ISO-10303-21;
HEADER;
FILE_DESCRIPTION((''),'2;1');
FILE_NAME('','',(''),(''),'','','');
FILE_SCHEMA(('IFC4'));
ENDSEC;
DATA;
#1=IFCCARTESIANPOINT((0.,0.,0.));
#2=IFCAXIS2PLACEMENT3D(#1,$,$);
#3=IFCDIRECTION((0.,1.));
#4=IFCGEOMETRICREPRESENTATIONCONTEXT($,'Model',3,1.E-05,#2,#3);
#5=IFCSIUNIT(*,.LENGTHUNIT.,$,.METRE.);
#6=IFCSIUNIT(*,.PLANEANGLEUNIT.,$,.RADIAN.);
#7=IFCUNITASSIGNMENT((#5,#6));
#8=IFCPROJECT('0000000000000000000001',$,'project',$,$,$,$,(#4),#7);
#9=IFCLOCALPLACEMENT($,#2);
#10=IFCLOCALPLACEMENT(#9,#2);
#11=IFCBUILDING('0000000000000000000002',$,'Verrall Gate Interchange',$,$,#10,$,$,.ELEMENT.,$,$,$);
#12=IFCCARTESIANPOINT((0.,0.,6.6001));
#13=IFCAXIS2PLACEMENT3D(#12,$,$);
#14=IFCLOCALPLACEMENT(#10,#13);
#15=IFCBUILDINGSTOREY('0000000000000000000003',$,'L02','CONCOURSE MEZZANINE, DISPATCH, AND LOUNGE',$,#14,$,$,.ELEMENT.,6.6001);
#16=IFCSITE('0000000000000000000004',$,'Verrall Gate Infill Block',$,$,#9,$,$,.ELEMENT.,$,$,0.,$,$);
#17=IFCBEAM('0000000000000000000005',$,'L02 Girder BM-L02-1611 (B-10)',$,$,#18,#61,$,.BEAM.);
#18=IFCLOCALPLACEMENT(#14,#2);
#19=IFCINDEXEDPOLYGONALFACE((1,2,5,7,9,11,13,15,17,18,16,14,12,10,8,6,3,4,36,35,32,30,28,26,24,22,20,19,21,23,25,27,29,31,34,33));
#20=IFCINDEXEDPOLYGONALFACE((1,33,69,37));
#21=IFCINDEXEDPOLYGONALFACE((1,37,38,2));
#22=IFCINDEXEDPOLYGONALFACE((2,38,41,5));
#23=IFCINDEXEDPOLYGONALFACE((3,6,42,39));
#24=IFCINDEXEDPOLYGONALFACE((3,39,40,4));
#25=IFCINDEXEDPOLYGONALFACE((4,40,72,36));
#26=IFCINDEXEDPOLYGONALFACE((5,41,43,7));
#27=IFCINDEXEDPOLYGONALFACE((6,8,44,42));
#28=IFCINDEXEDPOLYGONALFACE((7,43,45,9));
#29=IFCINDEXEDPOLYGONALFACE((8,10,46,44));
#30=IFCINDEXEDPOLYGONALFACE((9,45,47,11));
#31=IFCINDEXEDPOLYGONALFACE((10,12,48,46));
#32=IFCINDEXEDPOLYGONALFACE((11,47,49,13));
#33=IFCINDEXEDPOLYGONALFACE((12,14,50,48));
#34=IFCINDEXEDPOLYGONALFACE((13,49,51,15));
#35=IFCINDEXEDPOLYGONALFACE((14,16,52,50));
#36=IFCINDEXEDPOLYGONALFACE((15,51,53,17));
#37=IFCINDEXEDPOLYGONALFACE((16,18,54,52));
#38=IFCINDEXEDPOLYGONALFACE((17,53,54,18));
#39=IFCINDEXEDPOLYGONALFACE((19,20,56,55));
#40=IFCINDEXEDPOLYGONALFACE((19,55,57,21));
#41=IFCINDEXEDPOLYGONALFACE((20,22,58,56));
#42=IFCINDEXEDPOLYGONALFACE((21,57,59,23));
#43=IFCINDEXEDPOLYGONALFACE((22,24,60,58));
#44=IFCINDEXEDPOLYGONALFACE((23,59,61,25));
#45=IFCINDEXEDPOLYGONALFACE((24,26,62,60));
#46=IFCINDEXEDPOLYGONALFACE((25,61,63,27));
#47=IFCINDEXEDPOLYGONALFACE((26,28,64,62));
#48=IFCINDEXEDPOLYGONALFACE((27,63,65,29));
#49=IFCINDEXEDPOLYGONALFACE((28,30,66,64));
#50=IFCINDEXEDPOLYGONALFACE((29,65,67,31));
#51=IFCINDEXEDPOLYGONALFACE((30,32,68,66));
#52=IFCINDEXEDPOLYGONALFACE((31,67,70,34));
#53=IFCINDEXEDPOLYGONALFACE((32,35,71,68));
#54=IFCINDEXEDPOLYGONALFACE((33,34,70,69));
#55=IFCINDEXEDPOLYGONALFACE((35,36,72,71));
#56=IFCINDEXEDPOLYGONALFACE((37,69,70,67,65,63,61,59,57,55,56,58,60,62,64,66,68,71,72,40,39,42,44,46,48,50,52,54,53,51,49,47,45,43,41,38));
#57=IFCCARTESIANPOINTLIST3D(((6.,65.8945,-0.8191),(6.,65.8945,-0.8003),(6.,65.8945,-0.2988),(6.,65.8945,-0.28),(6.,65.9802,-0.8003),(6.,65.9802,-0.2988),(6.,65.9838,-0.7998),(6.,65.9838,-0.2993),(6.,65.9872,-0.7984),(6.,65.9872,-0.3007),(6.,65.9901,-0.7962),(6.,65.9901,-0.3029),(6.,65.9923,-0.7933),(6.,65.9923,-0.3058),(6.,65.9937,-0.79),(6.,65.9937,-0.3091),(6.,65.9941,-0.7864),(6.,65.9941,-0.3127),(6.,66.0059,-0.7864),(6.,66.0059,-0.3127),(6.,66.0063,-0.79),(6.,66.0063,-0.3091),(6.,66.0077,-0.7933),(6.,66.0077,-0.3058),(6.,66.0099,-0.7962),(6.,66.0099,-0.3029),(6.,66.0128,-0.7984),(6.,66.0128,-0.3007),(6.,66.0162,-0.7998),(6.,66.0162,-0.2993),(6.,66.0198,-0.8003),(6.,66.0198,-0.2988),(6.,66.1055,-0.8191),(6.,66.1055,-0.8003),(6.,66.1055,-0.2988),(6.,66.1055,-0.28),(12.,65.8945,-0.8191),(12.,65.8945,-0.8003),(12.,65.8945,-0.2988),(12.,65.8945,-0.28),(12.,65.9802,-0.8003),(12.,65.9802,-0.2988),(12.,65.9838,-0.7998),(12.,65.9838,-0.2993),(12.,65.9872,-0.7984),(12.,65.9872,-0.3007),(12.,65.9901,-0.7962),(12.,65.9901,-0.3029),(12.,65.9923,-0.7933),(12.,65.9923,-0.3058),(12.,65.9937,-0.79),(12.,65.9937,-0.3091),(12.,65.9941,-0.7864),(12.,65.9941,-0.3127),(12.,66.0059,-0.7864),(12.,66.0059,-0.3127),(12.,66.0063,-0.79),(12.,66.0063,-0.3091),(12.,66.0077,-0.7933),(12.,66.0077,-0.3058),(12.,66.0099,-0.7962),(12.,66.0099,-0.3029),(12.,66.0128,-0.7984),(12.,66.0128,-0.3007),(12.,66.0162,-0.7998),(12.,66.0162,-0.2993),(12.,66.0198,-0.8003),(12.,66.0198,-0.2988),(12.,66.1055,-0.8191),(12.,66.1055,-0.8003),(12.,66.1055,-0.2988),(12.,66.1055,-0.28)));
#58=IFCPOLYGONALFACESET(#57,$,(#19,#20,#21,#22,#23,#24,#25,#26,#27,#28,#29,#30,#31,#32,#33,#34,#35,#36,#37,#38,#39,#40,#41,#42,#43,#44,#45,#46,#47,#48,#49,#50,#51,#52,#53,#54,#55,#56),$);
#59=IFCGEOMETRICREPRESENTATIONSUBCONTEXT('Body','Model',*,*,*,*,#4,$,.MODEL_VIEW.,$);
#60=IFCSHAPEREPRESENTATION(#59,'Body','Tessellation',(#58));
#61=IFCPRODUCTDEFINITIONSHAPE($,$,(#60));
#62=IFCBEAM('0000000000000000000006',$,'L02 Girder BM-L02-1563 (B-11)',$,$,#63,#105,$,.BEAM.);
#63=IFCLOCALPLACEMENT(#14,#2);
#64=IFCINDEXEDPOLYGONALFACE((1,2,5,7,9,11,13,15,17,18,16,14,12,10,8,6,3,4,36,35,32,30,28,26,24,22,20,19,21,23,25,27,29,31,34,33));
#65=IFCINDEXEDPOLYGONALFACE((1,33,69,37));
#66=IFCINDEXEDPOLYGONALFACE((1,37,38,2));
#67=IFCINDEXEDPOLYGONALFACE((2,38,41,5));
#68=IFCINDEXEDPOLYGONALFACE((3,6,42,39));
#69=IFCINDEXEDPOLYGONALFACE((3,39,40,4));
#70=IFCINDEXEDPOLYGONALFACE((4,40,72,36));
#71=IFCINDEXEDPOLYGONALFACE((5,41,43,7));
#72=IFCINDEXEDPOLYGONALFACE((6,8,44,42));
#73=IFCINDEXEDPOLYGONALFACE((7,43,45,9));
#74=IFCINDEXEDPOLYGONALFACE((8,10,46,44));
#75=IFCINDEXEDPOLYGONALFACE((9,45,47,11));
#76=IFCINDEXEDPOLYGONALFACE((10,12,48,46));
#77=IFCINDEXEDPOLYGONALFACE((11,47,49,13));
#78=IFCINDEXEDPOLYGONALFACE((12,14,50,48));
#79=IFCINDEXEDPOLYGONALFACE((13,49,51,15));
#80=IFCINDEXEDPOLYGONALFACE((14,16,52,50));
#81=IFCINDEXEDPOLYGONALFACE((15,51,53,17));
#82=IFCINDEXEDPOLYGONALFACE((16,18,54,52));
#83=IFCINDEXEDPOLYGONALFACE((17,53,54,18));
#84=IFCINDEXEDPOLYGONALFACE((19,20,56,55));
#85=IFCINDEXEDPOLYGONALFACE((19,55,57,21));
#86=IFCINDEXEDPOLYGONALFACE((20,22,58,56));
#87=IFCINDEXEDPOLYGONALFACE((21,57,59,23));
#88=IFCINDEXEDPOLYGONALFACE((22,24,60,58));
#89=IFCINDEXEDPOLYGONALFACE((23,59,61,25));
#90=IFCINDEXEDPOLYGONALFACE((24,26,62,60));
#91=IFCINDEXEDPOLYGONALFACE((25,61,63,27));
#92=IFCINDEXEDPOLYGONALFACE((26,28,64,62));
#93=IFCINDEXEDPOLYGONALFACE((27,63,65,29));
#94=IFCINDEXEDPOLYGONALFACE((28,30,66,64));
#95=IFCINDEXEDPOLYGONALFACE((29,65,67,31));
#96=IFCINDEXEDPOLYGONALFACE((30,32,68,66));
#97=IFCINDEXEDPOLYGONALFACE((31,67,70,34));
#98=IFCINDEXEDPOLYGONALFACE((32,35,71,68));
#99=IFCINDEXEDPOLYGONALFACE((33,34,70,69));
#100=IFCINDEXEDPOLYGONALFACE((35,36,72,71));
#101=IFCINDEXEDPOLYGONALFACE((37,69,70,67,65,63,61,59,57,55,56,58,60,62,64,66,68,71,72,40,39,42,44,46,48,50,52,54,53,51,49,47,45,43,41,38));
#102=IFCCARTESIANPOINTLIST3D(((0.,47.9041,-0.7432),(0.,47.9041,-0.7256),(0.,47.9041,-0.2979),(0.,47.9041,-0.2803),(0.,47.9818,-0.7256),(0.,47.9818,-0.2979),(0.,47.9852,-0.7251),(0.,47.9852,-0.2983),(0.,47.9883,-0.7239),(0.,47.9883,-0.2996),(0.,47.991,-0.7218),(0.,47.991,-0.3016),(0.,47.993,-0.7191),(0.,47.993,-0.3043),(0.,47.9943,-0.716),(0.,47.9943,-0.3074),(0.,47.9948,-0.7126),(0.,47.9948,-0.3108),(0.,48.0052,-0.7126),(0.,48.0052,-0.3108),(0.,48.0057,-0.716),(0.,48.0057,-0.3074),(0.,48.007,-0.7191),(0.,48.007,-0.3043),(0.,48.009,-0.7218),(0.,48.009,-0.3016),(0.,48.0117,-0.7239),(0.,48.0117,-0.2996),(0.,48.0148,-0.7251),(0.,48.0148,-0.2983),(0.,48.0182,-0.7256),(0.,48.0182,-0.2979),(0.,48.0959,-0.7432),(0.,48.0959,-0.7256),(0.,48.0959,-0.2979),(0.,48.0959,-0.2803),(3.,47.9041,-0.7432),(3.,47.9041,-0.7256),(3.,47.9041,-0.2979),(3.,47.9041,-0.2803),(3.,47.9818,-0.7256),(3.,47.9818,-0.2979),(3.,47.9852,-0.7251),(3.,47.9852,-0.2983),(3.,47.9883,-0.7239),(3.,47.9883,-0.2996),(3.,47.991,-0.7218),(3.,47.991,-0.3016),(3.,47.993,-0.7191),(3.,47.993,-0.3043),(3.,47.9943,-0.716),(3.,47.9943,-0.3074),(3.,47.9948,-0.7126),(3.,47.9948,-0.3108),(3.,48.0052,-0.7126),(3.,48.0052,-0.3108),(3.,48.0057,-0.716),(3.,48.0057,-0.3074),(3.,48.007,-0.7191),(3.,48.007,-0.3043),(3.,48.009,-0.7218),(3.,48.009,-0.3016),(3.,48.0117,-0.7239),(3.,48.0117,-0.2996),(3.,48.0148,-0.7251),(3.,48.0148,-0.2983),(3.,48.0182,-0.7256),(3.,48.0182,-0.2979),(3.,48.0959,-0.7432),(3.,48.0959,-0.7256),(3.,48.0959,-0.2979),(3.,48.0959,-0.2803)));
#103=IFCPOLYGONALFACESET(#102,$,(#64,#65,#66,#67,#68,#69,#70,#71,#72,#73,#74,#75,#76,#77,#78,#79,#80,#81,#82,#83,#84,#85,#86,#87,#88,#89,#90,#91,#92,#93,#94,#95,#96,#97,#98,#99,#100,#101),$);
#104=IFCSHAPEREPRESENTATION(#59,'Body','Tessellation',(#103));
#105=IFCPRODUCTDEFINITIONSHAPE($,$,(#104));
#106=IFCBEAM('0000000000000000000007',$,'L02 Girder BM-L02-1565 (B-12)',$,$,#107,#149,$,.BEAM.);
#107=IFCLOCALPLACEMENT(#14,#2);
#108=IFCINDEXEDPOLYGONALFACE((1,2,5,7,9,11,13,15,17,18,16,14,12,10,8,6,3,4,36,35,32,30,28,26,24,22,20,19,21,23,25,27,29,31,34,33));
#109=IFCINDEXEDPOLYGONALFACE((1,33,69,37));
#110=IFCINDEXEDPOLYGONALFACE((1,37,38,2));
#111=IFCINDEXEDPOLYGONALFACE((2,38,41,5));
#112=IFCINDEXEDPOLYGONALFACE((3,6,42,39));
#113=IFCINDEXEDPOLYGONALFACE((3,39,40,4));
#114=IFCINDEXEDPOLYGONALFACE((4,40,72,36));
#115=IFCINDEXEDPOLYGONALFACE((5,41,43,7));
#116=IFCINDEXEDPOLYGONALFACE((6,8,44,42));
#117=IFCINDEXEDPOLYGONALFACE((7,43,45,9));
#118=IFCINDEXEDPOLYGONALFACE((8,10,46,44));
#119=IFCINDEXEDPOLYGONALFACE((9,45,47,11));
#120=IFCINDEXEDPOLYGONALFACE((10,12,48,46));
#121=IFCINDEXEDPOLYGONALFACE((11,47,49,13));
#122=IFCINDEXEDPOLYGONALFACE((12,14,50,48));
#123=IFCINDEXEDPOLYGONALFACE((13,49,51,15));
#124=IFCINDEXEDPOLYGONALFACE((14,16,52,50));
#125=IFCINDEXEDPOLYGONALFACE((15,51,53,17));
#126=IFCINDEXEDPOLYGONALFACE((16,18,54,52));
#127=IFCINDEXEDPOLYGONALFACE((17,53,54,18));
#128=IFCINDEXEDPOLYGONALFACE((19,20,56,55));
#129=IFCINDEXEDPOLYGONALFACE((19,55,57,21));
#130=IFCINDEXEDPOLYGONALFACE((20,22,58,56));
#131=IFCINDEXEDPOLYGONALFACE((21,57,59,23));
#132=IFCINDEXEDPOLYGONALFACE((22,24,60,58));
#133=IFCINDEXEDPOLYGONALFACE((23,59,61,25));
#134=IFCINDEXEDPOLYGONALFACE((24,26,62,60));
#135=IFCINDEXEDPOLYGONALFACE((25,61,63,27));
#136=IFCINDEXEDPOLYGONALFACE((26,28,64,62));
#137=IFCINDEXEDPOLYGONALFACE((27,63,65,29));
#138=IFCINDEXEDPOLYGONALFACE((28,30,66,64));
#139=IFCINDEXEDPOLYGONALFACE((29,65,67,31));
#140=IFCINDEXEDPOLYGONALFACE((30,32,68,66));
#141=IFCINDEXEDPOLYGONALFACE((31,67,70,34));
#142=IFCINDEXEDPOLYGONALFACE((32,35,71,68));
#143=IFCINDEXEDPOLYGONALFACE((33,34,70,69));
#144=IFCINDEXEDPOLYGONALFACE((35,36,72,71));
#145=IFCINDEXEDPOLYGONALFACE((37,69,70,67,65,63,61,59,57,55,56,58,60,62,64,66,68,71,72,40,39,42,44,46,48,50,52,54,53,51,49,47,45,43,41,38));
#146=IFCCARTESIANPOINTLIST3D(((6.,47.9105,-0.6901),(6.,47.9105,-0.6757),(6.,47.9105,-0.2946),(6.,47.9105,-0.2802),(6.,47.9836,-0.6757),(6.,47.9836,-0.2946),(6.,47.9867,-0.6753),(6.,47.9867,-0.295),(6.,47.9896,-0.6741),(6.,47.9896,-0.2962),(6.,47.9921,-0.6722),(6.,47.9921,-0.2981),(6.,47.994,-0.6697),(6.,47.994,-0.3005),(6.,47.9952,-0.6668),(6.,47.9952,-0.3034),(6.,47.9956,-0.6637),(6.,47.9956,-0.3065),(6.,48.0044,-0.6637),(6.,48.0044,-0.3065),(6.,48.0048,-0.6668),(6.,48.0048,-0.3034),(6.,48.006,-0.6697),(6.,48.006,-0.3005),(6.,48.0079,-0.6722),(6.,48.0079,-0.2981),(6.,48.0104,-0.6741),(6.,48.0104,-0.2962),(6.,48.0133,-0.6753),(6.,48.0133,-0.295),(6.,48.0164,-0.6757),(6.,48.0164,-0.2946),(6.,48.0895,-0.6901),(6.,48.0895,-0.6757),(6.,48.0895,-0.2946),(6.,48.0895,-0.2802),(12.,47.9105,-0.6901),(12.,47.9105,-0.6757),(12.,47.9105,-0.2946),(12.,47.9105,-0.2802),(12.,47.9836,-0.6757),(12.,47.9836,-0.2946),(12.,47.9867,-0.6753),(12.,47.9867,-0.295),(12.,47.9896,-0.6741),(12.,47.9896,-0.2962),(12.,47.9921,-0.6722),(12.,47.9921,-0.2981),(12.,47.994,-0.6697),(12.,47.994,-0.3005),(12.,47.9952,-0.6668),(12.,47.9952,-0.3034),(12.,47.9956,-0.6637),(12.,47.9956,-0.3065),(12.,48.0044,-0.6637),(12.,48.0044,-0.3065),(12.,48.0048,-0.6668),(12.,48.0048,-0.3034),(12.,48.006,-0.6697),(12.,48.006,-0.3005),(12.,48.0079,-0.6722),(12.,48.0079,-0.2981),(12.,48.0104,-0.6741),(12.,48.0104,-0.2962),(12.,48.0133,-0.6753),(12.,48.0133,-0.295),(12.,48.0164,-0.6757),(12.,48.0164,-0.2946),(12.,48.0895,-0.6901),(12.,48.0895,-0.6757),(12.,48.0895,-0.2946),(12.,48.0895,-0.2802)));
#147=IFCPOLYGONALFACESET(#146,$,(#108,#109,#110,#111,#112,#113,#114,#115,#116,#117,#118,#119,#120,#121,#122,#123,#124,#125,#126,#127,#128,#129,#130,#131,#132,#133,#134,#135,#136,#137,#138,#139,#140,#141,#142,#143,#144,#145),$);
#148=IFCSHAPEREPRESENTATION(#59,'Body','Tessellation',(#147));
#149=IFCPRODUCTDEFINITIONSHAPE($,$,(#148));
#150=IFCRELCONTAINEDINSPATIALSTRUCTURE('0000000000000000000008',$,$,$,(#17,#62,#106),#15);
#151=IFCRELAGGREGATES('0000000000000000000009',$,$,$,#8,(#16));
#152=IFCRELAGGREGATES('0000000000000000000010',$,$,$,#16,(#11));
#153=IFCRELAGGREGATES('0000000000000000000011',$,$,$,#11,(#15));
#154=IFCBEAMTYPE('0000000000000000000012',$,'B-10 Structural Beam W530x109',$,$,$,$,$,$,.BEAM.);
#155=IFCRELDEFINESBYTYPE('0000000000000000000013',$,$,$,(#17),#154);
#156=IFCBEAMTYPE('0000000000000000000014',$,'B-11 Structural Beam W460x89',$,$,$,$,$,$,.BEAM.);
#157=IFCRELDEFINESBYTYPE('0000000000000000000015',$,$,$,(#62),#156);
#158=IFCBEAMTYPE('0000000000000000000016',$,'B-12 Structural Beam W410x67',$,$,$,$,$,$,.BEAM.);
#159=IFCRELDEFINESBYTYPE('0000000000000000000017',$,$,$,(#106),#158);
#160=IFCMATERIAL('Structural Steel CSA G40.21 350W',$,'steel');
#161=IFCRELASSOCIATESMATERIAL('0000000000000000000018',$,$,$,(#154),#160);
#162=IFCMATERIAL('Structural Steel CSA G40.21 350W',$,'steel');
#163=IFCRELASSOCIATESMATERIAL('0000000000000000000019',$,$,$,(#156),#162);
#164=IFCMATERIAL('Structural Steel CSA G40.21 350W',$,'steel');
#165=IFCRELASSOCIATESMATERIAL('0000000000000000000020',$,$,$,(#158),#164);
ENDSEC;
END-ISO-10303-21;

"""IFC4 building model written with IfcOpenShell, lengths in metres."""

from ifc_helpers import new_model, si_unit, direction, frame, origin, origin_2d, place, context, subcontext, project, spatial, i_section, extrude, material, material_profile, profile_set, type_object, element, save


model = new_model("IFC4")

# Units and contexts
model_context = context("Model", 3, precision=1e-05, world=origin(), true_north=direction((0.0, 1.0)))
body_context = subcontext(model_context, "Body", "Model", "MODEL_VIEW")
ifc_project = project(units=[si_unit("LENGTHUNIT", "METRE"), si_unit("PLANEANGLEUNIT", "RADIAN")], contexts=[model_context])

# Site, building, storey
site_placement = place(None, origin())
site = spatial("IfcSite", under=ifc_project, at=site_placement, Name="Verrall Gate Infill Block", CompositionType="ELEMENT", RefElevation=0.0)
building_placement = place(site_placement, origin())
building = spatial("IfcBuilding", under=site, at=building_placement, Name="Verrall Gate Interchange", CompositionType="ELEMENT")
storey_placement = place(building_placement, frame((0.0, 0.0, 6.6001)))
storey = spatial("IfcBuildingStorey", under=building, at=storey_placement, Name="L02", Description="CONCOURSE MEZZANINE, DISPATCH, AND LOUNGE", CompositionType="ELEMENT", Elevation=6.6001)

# Beams
ifc_material_1 = material(Name="Structural Steel CSA G40.21 350W", Category="steel")
ifc_material_profile_1 = material_profile(ifc_material_1, i_section(OverallWidth=0.2109, OverallDepth=0.5391, WebThickness=0.0117, FlangeThickness=0.0188, FilletRadius=0.0139, at=origin_2d()), Name="W530x109")
ifc_profile_set_1 = profile_set([ifc_material_profile_1], Name="Structural Steel CSA G40.21 350W")
beam_type_1 = type_object("IfcBeamType", Name="B-10 Structural Beam W530x109", PredefinedType="BEAM", material=ifc_profile_set_1)
beam_1_placement = place(storey_placement, frame((6.0, 66.0, -0.5496), z_axis=(1.0, 0.0, 0.0), x_axis=(0.0, 1.0, 0.0)))
element("IfcBeam", 1, at=beam_1_placement, inside=storey, type_object=beam_type_1, Name="L02 Girder BM-L02-1611 (B-10)", PredefinedType="BEAM", context=body_context, shape_type="SweptSolid", body=[
    extrude(i_section(OverallWidth=0.2109, OverallDepth=0.5391, WebThickness=0.0117, FlangeThickness=0.0188, FilletRadius=0.0139, at=origin_2d()), origin(), (0.0, 0.0, 1.0), 6.0),
])
ifc_material_2 = material(Name="Structural Steel CSA G40.21 350W", Category="steel")
ifc_material_profile_2 = material_profile(ifc_material_2, i_section(OverallWidth=0.1919, OverallDepth=0.4629, WebThickness=0.0105, FlangeThickness=0.0176, FilletRadius=0.0129, at=origin_2d()), Name="W460x89")
ifc_profile_set_2 = profile_set([ifc_material_profile_2], Name="Structural Steel CSA G40.21 350W")
beam_type_2 = type_object("IfcBeamType", Name="B-11 Structural Beam W460x89", PredefinedType="BEAM", material=ifc_profile_set_2)
beam_2_placement = place(storey_placement, frame((0.0, 48.0, -0.5117), z_axis=(1.0, 0.0, 0.0), x_axis=(0.0, 1.0, 0.0)))
element("IfcBeam", 2, at=beam_2_placement, inside=storey, type_object=beam_type_2, Name="L02 Girder BM-L02-1563 (B-11)", PredefinedType="BEAM", context=body_context, shape_type="SweptSolid", body=[
    extrude(i_section(OverallWidth=0.1919, OverallDepth=0.4629, WebThickness=0.0105, FlangeThickness=0.0176, FilletRadius=0.0129, at=origin_2d()), origin(), (0.0, 0.0, 1.0), 3.0),
])
ifc_material_3 = material(Name="Structural Steel CSA G40.21 350W", Category="steel")
ifc_material_profile_3 = material_profile(ifc_material_3, i_section(OverallWidth=0.179, OverallDepth=0.4099, WebThickness=0.0088, FlangeThickness=0.0144, FilletRadius=0.012, at=origin_2d()), Name="W410x67")
ifc_profile_set_3 = profile_set([ifc_material_profile_3], Name="Structural Steel CSA G40.21 350W")
beam_type_3 = type_object("IfcBeamType", Name="B-12 Structural Beam W410x67", PredefinedType="BEAM", material=ifc_profile_set_3)
beam_3_placement = place(storey_placement, frame((6.0, 48.0, -0.4851), z_axis=(1.0, 0.0, 0.0), x_axis=(0.0, 1.0, 0.0)))
element("IfcBeam", 3, at=beam_3_placement, inside=storey, type_object=beam_type_3, Name="L02 Girder BM-L02-1565 (B-12)", PredefinedType="BEAM", context=body_context, shape_type="SweptSolid", body=[
    extrude(i_section(OverallWidth=0.179, OverallDepth=0.4099, WebThickness=0.0088, FlangeThickness=0.0144, FilletRadius=0.012, at=origin_2d()), origin(), (0.0, 0.0, 1.0), 6.0),
])

save(model, "model.ifc")
